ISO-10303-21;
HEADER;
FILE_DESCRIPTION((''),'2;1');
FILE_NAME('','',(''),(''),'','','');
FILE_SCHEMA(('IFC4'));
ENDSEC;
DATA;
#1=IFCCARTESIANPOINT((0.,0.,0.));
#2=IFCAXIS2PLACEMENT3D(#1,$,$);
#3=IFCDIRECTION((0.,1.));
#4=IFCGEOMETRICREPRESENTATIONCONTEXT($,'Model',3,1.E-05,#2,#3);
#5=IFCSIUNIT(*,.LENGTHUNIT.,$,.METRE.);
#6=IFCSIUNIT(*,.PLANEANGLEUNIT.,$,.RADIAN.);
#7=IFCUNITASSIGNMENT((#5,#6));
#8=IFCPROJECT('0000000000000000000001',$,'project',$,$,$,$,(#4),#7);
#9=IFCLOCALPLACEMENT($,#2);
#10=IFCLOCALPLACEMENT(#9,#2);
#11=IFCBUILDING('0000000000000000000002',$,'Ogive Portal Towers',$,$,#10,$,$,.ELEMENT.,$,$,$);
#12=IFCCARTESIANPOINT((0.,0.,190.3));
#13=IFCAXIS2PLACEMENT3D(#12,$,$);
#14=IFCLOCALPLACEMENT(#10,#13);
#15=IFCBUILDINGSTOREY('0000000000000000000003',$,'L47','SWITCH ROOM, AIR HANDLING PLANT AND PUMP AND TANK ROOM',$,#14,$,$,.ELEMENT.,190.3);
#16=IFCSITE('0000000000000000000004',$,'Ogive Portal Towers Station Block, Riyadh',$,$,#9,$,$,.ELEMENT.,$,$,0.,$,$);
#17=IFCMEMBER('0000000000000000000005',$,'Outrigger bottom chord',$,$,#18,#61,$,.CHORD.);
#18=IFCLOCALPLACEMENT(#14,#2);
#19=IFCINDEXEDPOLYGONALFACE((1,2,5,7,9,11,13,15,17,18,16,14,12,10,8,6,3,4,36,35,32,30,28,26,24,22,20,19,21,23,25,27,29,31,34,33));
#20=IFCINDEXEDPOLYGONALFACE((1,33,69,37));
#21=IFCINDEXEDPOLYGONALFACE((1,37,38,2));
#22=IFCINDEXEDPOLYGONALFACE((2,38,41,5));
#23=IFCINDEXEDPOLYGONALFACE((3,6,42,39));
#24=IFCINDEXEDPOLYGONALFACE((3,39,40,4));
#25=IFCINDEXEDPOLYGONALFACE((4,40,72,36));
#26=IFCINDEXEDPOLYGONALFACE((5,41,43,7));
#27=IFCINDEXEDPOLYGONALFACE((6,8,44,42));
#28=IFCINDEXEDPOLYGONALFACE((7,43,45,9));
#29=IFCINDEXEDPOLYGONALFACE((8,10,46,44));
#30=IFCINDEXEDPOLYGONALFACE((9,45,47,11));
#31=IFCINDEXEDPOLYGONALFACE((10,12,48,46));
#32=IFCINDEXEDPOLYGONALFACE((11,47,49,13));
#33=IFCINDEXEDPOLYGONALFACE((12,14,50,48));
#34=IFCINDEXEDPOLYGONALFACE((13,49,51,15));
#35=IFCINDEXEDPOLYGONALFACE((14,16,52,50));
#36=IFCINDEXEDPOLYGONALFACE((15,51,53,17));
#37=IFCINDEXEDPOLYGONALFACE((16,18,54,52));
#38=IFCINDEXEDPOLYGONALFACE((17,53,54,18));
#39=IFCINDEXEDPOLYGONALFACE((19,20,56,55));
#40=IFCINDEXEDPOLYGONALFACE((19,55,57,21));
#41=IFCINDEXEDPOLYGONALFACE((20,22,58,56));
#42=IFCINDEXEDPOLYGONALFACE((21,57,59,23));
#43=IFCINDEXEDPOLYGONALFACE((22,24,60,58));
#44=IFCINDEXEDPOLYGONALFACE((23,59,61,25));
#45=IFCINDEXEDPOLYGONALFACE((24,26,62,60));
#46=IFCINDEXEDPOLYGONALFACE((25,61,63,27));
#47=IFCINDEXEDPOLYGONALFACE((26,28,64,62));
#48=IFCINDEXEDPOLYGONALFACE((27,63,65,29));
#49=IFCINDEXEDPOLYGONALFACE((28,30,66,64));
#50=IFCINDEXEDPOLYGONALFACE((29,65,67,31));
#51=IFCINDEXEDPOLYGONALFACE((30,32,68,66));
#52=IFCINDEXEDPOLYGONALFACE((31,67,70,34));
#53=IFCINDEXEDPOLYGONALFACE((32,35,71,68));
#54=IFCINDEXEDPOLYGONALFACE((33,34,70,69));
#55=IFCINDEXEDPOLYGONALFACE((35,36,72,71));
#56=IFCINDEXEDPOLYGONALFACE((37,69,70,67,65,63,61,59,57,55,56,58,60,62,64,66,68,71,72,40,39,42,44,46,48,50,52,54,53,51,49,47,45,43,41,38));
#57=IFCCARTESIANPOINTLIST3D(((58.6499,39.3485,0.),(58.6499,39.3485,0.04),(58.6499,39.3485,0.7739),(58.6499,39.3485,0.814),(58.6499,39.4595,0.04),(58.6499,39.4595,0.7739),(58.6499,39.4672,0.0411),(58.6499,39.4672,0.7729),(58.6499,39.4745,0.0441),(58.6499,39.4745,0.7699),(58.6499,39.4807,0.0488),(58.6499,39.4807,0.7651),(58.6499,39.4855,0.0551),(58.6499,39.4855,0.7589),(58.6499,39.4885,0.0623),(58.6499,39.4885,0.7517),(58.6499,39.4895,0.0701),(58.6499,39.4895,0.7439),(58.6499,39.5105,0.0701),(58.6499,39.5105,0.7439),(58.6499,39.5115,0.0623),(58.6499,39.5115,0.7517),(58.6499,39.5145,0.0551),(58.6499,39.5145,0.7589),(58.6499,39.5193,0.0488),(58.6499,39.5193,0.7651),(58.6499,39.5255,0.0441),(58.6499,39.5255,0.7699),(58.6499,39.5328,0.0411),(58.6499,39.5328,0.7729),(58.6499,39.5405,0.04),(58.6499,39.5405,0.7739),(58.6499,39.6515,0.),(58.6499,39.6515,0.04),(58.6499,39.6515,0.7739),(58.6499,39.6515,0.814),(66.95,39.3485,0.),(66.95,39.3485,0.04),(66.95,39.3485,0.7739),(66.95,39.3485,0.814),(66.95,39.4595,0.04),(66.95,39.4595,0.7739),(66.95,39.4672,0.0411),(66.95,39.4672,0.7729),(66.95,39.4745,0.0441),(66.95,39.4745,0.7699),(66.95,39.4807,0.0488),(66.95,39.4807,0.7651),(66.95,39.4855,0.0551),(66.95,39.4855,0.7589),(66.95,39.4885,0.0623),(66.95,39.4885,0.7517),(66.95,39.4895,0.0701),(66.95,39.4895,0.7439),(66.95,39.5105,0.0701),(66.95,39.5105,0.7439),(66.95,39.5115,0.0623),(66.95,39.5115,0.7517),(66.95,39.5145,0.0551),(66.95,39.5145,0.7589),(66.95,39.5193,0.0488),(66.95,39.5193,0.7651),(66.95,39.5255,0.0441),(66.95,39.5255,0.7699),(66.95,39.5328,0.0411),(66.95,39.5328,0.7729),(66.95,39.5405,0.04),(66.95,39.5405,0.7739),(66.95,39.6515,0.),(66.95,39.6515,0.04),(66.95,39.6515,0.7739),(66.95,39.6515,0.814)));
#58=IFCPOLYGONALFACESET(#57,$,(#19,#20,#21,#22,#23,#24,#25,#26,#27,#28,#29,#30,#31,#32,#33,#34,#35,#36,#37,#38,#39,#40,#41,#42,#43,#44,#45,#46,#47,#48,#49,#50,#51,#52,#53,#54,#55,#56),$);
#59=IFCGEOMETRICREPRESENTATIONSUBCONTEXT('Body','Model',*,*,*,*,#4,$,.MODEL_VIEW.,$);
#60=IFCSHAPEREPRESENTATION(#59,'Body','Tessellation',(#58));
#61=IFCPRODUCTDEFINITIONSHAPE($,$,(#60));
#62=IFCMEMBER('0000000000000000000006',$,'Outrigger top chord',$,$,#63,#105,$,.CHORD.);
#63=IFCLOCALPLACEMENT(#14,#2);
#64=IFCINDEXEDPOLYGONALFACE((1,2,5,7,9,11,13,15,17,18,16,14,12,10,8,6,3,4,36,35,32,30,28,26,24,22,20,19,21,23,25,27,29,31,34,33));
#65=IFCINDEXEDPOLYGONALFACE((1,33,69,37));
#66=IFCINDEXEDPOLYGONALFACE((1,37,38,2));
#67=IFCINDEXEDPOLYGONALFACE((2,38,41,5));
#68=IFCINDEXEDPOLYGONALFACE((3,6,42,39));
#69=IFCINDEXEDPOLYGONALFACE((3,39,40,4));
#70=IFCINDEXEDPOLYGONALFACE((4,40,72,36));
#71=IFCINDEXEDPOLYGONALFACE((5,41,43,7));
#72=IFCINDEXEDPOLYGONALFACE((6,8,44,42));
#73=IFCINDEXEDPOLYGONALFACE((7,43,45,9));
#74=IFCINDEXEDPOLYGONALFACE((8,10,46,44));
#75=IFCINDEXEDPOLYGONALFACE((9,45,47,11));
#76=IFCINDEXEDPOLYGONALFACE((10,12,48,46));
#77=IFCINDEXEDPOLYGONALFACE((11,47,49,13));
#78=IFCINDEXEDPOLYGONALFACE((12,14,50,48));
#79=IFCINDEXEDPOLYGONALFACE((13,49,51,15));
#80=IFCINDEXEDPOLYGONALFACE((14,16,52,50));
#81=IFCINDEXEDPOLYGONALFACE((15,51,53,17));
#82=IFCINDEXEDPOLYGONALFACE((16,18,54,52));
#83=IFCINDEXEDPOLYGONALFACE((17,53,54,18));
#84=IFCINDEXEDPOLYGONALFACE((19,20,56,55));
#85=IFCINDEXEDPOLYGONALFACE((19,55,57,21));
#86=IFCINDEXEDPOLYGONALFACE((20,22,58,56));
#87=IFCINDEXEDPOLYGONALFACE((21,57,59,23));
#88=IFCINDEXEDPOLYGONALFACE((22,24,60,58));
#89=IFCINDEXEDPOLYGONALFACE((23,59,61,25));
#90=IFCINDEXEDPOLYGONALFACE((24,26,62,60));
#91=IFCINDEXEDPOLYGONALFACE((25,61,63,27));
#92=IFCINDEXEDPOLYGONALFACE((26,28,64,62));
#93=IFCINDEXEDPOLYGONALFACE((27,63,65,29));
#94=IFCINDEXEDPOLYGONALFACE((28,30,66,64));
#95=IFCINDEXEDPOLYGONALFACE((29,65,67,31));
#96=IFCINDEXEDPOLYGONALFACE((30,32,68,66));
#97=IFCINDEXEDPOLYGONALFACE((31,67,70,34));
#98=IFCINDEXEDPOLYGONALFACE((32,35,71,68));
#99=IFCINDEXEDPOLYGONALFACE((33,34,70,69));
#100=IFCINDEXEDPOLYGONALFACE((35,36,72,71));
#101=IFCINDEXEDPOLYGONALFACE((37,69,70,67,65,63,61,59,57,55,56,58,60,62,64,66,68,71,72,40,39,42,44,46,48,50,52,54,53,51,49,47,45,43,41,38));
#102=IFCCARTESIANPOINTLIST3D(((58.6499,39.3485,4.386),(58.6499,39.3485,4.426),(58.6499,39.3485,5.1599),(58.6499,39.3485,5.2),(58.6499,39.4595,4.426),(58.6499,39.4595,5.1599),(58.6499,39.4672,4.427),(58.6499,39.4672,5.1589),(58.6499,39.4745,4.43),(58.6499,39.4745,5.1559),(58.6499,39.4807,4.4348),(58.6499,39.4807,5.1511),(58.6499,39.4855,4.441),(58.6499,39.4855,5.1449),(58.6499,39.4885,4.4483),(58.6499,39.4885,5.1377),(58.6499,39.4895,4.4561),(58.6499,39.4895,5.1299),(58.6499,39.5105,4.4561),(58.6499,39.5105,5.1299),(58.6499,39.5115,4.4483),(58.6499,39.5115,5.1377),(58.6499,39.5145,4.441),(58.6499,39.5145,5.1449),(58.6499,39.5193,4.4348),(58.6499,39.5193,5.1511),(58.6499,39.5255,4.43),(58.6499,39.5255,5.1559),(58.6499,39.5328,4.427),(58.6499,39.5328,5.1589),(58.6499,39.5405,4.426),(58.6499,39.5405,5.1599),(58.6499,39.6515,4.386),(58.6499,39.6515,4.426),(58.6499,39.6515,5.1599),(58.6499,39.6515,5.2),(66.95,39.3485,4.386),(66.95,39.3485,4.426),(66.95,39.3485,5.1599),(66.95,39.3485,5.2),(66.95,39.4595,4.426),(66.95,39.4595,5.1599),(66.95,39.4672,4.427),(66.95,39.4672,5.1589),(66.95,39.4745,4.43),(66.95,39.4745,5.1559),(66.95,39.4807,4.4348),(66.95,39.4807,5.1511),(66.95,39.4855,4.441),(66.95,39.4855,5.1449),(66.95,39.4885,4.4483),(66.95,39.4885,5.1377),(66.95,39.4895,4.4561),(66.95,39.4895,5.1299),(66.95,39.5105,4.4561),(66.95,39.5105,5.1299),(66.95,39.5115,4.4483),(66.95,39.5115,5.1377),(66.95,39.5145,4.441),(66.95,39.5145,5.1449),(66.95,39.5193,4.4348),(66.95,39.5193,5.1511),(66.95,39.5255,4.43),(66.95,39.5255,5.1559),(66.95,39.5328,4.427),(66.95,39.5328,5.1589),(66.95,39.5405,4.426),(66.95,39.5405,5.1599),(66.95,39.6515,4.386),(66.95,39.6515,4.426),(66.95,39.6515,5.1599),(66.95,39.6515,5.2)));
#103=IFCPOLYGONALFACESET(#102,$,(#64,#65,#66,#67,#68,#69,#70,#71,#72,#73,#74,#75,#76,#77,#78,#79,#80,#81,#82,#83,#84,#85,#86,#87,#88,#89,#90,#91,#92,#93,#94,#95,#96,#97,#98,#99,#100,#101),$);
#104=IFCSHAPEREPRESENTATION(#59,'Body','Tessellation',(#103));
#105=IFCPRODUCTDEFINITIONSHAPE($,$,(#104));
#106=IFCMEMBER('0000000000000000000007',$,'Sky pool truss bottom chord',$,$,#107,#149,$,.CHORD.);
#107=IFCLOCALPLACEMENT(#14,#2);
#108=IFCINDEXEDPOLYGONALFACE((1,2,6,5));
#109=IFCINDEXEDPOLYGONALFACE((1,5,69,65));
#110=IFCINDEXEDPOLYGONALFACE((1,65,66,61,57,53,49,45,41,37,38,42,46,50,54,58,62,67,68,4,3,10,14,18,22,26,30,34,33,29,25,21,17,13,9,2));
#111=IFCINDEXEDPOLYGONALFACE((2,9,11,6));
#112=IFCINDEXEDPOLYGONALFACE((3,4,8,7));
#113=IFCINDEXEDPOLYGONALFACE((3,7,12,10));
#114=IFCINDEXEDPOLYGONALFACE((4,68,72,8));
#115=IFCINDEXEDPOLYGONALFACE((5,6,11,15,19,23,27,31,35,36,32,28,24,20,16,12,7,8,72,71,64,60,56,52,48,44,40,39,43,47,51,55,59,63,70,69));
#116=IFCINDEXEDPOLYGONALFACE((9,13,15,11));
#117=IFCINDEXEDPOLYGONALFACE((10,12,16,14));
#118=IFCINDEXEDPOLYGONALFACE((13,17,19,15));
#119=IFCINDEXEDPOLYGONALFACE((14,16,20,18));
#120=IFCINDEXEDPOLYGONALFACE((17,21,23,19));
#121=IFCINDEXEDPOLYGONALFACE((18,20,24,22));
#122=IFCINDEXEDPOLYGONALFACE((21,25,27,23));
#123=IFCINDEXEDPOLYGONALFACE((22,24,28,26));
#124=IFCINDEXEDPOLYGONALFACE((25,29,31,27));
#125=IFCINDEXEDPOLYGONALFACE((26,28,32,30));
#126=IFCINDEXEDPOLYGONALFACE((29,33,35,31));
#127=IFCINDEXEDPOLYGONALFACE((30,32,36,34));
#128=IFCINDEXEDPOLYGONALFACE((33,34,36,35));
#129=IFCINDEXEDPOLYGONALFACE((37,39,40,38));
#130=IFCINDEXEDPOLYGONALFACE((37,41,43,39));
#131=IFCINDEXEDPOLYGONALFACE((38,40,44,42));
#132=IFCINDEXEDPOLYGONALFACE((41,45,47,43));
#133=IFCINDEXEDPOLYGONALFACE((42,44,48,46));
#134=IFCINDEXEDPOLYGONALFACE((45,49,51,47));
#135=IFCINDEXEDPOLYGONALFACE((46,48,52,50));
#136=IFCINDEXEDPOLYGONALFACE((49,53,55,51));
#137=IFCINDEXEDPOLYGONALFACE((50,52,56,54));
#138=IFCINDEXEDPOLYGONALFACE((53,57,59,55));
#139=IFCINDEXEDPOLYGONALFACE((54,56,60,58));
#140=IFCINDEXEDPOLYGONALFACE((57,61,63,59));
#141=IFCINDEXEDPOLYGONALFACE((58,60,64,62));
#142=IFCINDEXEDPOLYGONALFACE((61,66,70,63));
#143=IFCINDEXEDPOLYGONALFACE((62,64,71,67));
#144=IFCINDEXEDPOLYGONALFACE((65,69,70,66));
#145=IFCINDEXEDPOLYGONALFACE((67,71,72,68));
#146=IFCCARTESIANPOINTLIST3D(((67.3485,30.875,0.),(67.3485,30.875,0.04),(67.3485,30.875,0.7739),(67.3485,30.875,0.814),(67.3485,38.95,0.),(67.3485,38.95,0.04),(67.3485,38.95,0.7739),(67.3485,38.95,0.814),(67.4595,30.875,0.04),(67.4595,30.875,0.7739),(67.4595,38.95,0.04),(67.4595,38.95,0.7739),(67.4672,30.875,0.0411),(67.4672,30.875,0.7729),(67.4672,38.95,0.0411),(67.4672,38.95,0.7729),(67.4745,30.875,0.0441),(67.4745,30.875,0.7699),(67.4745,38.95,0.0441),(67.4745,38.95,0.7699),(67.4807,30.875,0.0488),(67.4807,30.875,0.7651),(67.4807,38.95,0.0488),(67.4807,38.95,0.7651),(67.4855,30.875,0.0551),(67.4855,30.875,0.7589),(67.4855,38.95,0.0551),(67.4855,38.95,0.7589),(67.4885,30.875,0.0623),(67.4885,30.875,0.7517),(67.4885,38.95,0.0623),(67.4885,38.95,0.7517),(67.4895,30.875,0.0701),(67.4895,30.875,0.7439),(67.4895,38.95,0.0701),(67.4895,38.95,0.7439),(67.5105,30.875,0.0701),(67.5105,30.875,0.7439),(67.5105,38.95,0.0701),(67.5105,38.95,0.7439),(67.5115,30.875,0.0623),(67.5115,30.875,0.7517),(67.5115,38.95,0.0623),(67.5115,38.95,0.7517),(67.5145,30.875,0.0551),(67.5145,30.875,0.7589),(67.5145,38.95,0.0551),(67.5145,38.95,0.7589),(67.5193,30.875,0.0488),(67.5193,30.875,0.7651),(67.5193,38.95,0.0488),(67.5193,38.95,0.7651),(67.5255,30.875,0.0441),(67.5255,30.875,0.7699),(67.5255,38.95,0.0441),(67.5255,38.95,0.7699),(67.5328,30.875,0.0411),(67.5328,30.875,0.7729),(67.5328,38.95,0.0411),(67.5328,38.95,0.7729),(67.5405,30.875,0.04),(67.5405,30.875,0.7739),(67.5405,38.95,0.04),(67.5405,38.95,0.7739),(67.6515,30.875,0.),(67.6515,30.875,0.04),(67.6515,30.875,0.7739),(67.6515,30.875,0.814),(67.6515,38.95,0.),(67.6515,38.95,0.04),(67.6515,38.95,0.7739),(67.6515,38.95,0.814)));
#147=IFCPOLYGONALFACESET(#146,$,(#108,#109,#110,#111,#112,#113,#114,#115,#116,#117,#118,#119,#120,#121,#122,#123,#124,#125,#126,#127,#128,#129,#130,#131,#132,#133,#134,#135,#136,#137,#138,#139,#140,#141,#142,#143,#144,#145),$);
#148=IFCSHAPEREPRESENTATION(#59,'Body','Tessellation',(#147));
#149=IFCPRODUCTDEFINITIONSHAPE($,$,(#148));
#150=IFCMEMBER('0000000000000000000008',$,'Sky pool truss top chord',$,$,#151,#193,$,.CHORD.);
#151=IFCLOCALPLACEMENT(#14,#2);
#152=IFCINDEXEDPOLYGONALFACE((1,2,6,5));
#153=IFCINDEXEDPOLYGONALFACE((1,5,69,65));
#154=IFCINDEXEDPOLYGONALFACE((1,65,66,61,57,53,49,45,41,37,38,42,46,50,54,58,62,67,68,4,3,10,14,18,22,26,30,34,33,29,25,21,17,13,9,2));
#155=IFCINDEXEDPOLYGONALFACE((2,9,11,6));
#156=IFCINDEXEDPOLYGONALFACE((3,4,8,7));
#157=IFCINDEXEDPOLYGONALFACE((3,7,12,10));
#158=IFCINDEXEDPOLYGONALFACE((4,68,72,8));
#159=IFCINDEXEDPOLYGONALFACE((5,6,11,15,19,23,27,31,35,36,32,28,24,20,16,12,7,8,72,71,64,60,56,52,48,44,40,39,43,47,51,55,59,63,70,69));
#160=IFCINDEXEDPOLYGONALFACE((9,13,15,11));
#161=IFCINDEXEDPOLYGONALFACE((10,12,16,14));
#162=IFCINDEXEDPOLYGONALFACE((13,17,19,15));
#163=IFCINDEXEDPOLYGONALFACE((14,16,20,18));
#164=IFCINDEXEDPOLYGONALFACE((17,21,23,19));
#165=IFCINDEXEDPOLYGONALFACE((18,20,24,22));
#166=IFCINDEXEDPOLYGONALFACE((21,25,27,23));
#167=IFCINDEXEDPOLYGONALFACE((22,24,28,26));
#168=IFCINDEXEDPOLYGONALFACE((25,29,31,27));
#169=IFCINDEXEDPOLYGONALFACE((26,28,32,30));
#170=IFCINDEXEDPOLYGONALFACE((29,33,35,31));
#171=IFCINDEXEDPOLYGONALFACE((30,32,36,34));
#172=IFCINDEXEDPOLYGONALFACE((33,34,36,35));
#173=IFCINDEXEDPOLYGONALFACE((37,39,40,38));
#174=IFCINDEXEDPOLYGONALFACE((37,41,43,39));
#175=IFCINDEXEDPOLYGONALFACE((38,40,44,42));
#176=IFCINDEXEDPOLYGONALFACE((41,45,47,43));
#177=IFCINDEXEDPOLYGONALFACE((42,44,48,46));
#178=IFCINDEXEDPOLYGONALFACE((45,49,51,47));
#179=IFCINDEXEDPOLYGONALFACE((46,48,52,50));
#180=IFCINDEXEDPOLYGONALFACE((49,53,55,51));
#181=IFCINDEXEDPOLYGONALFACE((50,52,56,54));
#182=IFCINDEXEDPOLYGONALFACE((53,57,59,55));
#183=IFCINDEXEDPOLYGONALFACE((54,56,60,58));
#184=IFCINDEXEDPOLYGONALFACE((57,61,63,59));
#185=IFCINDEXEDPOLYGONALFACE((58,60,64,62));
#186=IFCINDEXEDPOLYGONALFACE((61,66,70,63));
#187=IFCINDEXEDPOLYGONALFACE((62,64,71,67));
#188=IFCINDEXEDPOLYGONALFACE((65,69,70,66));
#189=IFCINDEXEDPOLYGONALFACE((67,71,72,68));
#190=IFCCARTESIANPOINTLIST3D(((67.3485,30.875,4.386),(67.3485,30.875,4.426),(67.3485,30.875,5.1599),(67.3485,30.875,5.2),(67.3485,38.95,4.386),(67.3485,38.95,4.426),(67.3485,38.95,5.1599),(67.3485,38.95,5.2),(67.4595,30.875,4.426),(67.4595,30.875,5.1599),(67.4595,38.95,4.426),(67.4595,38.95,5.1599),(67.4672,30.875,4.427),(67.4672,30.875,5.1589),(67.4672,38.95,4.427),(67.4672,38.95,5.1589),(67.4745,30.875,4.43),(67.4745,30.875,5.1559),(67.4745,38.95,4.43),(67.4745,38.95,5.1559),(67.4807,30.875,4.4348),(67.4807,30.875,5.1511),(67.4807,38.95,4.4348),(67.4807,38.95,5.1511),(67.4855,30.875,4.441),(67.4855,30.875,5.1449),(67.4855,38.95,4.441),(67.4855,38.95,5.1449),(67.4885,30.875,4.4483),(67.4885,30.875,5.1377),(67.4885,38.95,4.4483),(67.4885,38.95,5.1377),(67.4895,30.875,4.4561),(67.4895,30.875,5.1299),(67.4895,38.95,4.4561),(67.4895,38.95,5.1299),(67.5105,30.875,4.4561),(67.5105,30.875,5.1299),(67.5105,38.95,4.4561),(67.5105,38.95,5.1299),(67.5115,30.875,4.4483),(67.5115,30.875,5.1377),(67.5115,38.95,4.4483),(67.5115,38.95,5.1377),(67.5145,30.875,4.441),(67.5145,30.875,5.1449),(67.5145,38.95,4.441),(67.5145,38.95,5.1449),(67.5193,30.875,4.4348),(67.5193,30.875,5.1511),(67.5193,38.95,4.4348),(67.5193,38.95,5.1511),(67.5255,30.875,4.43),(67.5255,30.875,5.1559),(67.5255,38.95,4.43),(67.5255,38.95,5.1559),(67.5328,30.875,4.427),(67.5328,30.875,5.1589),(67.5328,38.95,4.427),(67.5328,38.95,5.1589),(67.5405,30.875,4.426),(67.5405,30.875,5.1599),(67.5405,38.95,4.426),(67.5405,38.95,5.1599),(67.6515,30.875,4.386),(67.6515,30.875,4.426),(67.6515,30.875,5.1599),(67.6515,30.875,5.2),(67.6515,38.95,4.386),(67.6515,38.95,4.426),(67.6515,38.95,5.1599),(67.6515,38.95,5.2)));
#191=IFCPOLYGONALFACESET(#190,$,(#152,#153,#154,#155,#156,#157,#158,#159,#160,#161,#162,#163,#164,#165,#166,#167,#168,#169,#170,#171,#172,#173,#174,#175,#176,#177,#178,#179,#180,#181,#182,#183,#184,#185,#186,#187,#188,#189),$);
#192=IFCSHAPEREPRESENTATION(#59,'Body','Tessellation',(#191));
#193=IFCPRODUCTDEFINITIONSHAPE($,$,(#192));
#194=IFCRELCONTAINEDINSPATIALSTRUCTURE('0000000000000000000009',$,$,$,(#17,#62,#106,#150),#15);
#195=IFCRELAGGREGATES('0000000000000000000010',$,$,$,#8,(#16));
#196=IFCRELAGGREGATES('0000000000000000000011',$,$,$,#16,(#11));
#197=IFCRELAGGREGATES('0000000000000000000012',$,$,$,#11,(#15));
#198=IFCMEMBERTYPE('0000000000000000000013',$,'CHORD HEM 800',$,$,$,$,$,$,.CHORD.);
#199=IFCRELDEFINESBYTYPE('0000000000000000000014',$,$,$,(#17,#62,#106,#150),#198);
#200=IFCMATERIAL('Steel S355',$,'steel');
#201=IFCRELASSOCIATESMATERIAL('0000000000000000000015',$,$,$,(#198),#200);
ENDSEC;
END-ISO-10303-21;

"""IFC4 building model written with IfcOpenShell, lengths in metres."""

from ifc_helpers import new_model, si_unit, direction, frame, origin, origin_2d, place, context, subcontext, project, spatial, i_section, extrude, material, material_profile, profile_set, type_object, element, save


model = new_model("IFC4")

# Units and contexts
model_context = context("Model", 3, precision=1e-05, world=origin(), true_north=direction((0.0, 1.0)))
body_context = subcontext(model_context, "Body", "Model", "MODEL_VIEW")
ifc_project = project(units=[si_unit("LENGTHUNIT", "METRE"), si_unit("PLANEANGLEUNIT", "RADIAN")], contexts=[model_context])

# Site, building, storey
site_placement = place(None, origin())
site = spatial("IfcSite", under=ifc_project, at=site_placement, Name="Ogive Portal Towers Station Block, Riyadh", CompositionType="ELEMENT", RefElevation=0.0)
building_placement = place(site_placement, origin())
building = spatial("IfcBuilding", under=site, at=building_placement, Name="Ogive Portal Towers", CompositionType="ELEMENT")
storey_placement = place(building_placement, frame((0.0, 0.0, 190.3)))
storey = spatial("IfcBuildingStorey", under=building, at=storey_placement, Name="L47", Description="SWITCH ROOM, AIR HANDLING PLANT AND PUMP AND TANK ROOM", CompositionType="ELEMENT", Elevation=190.3)

# Members
ifc_material_1 = material(Name="Steel S355", Category="steel")
ifc_material_profile_1 = material_profile(ifc_material_1, i_section(OverallWidth=0.303, OverallDepth=0.814, WebThickness=0.021, FlangeThickness=0.04, FilletRadius=0.03, at=origin_2d()), Name="HEM 800")
ifc_profile_set_1 = profile_set([ifc_material_profile_1], Name="Steel S355")
member_type_1 = type_object("IfcMemberType", Name="CHORD HEM 800", PredefinedType="CHORD", material=ifc_profile_set_1)
for number, where, z_axis, x_axis, name in (
    (1, (66.95, 39.5, 0.407), (-1.0, 0.0, 0.0), (0.0, -1.0, 0.0), "Outrigger bottom chord"),
    (2, (66.95, 39.5, 4.793), (-1.0, 0.0, 0.0), (0.0, -1.0, 0.0), "Outrigger top chord"),
):
    element("IfcMember", number, at=place(storey_placement, frame(where, z_axis=z_axis, x_axis=x_axis)), inside=storey, type_object=member_type_1, Name=name, PredefinedType="CHORD", context=body_context, shape_type="SweptSolid", body=[
        extrude(i_section(OverallWidth=0.303, OverallDepth=0.814, WebThickness=0.021, FlangeThickness=0.04, FilletRadius=0.03, at=origin_2d()), origin(), (0.0, 0.0, 1.0), 8.3),
    ])
for number, where, z_axis, x_axis, name in (
    (3, (67.5, 30.875, 0.407), (0.0, 1.0, 0.0), (-1.0, 0.0, 0.0), "Sky pool truss bottom chord"),
    (4, (67.5, 30.875, 4.793), (0.0, 1.0, 0.0), (-1.0, 0.0, 0.0), "Sky pool truss top chord"),
):
    element("IfcMember", number, at=place(storey_placement, frame(where, z_axis=z_axis, x_axis=x_axis)), inside=storey, type_object=member_type_1, Name=name, PredefinedType="CHORD", context=body_context, shape_type="SweptSolid", body=[
        extrude(i_section(OverallWidth=0.303, OverallDepth=0.814, WebThickness=0.021, FlangeThickness=0.04, FilletRadius=0.03, at=origin_2d()), origin(), (0.0, 0.0, 1.0), 8.075),
    ])

save(model, "model.ifc")
